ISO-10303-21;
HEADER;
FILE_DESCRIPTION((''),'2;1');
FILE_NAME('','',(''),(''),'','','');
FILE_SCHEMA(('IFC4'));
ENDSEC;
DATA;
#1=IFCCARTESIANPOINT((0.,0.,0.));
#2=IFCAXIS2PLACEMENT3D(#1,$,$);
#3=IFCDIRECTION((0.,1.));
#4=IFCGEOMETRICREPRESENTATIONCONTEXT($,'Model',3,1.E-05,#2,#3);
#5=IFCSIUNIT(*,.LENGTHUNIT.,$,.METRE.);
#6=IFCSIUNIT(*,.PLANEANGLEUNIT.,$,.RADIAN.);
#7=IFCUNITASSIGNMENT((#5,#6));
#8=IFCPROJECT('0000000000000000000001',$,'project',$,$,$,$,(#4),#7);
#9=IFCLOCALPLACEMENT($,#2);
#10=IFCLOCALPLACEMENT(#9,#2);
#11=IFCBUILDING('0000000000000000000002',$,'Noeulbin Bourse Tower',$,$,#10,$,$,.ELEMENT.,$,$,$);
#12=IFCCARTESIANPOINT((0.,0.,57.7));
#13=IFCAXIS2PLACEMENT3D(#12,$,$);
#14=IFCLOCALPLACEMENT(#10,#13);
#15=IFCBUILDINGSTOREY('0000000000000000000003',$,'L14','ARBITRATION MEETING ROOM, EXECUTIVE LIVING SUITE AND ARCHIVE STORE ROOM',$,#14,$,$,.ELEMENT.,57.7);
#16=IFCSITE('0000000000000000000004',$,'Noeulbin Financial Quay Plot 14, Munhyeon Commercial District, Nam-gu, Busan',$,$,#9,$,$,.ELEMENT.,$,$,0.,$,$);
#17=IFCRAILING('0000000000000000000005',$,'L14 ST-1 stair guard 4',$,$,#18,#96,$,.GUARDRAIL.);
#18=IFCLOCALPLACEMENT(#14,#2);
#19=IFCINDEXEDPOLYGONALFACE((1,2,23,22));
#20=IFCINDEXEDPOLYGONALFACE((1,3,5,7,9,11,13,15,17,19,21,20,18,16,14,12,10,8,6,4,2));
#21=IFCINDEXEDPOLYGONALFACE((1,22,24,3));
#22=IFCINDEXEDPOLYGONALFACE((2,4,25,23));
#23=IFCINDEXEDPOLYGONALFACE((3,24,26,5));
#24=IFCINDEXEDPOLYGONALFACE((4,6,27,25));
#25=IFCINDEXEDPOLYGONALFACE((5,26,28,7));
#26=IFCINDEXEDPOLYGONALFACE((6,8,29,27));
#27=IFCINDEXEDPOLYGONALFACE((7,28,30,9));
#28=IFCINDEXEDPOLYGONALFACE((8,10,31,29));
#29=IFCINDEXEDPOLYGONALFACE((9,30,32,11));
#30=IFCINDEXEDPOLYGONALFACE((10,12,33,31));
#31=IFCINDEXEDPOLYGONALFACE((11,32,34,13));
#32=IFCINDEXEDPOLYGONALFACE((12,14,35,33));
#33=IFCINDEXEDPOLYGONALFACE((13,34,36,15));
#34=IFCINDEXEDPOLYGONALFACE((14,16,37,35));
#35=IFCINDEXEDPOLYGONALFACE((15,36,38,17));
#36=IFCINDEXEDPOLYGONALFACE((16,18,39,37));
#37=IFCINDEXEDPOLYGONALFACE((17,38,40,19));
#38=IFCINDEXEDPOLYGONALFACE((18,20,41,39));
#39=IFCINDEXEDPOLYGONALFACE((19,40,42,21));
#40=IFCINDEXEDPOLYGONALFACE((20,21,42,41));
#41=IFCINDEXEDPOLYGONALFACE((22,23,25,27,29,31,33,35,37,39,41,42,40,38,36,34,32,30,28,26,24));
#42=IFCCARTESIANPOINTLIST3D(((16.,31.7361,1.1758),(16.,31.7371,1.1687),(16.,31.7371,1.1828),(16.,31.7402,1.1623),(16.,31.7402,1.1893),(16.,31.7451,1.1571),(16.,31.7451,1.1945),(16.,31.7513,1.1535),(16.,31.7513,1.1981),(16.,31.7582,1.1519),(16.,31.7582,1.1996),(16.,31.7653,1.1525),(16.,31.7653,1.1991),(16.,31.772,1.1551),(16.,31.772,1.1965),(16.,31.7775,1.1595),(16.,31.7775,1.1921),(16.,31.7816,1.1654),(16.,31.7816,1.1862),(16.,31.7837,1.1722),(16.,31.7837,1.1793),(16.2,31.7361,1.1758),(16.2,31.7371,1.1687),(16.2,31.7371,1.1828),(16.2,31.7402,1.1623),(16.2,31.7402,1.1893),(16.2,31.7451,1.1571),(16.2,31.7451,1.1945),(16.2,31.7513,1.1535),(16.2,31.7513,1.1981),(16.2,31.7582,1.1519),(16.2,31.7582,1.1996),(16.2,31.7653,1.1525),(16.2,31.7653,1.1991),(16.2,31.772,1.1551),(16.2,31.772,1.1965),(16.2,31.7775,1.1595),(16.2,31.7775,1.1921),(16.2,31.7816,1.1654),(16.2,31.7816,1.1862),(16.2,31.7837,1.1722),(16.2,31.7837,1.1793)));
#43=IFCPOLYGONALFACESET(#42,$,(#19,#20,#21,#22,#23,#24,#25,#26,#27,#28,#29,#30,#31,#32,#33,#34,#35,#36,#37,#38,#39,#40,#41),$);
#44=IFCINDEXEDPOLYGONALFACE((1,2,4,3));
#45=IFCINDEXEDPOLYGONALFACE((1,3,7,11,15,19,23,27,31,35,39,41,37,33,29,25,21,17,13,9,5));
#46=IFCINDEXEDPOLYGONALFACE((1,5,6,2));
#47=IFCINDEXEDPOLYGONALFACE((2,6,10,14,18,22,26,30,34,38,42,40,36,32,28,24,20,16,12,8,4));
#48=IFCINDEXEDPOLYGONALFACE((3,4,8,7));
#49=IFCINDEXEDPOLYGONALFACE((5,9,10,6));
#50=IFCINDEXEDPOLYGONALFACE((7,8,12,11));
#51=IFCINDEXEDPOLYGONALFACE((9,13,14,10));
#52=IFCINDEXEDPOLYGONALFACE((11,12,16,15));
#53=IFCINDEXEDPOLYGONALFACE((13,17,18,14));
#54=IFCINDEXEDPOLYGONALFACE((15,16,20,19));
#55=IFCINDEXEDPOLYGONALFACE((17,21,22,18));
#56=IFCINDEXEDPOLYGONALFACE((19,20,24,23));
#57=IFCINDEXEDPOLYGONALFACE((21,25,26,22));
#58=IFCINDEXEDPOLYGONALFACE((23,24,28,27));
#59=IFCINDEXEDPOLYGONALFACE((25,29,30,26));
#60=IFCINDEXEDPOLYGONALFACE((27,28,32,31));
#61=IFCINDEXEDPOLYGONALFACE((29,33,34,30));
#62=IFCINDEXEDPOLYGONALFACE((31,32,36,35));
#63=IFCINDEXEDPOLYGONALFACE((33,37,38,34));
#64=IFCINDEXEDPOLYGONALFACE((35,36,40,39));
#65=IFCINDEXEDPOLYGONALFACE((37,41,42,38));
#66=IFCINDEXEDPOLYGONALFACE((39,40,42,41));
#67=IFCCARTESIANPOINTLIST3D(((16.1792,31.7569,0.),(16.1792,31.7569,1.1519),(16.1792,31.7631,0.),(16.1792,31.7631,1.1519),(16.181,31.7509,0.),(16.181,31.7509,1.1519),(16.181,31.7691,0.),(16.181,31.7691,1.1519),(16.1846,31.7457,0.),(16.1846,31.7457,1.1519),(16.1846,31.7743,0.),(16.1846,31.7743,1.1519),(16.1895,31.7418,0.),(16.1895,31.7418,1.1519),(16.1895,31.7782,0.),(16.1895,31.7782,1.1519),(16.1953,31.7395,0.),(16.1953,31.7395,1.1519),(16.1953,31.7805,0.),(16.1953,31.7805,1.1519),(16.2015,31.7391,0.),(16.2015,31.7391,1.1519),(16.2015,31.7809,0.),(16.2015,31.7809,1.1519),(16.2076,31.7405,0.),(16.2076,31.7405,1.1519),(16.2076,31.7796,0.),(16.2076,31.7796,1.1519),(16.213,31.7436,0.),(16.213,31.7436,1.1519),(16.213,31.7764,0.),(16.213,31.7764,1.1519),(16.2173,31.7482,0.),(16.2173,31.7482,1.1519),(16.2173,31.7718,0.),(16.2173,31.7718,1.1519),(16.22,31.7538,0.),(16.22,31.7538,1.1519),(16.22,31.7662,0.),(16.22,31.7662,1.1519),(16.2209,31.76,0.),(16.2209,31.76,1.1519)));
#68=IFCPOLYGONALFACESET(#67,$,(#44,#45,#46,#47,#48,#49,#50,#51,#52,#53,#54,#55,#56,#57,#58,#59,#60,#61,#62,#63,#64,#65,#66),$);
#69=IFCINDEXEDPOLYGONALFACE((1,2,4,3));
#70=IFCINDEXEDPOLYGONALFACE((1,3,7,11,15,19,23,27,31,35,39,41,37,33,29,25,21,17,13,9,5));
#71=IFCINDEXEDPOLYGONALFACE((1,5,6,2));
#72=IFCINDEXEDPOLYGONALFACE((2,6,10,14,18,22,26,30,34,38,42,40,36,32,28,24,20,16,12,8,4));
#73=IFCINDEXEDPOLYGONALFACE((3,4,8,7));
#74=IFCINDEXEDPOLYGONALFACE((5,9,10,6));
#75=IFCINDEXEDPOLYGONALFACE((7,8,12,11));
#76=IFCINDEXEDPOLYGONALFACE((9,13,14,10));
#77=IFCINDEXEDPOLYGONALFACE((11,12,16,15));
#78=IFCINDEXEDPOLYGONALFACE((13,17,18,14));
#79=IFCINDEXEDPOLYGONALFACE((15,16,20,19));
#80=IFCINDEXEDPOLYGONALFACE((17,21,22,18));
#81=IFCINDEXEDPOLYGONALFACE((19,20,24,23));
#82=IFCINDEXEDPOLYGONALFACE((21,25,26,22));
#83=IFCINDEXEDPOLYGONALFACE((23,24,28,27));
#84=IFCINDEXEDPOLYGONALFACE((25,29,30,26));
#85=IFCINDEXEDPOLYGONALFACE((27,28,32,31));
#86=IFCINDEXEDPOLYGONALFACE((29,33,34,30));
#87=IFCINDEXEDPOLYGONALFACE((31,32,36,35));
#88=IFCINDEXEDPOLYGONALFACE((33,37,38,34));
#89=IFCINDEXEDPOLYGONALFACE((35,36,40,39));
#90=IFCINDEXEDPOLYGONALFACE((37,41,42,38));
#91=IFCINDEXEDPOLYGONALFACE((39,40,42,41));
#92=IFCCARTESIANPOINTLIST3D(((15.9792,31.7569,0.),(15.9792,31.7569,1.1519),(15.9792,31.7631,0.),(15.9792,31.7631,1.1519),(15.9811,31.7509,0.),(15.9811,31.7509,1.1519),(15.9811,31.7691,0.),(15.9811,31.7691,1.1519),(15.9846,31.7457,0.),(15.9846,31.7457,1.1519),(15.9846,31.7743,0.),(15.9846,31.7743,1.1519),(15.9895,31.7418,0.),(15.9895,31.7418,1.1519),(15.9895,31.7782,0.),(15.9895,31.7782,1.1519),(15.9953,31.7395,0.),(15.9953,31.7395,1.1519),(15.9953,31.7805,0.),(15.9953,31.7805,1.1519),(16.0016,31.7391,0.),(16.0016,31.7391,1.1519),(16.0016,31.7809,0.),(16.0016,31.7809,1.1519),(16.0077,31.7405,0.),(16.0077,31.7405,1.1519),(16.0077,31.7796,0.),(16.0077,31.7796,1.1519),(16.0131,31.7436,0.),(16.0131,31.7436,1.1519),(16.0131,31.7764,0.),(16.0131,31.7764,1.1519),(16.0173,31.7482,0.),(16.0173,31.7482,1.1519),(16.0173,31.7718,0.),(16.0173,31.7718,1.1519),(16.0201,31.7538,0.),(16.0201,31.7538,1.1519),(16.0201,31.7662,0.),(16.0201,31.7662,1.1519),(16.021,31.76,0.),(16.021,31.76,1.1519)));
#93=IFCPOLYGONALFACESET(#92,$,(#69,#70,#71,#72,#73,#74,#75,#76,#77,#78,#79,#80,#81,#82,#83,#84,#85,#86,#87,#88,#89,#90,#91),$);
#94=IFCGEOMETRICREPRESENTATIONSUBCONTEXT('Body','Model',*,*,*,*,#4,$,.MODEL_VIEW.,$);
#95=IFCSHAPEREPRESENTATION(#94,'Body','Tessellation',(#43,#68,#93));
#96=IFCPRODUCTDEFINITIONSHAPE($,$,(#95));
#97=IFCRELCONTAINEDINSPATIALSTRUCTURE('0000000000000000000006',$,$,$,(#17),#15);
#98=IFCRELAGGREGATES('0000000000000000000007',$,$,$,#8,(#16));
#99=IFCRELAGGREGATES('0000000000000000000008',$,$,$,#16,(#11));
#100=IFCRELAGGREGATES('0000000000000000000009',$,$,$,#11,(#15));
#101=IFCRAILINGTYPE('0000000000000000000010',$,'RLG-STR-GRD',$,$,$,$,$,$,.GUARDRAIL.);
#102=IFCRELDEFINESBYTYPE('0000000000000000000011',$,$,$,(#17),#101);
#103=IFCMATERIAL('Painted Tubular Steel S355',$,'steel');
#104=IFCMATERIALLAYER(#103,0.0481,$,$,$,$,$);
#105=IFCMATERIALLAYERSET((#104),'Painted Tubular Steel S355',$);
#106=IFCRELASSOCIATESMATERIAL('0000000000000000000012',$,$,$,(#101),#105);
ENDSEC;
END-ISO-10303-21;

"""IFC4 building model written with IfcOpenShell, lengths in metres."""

from ifc_helpers import new_model, si_unit, direction, frame, origin, origin_2d, place, context, subcontext, project, spatial, circle, extrude, material, layer, layer_set, type_object, element, save


model = new_model("IFC4")

# Units and contexts
model_context = context("Model", 3, precision=1e-05, world=origin(), true_north=direction((0.0, 1.0)))
body_context = subcontext(model_context, "Body", "Model", "MODEL_VIEW")
ifc_project = project(units=[si_unit("LENGTHUNIT", "METRE"), si_unit("PLANEANGLEUNIT", "RADIAN")], contexts=[model_context])

# Site, building, storey
site_placement = place(None, origin())
site = spatial("IfcSite", under=ifc_project, at=site_placement, Name="Noeulbin Financial Quay Plot 14, Munhyeon Commercial District, Nam-gu, Busan", CompositionType="ELEMENT", RefElevation=0.0)
building_placement = place(site_placement, origin())
building = spatial("IfcBuilding", under=site, at=building_placement, Name="Noeulbin Bourse Tower", CompositionType="ELEMENT")
storey_placement = place(building_placement, frame((0.0, 0.0, 57.7)))
storey = spatial("IfcBuildingStorey", under=building, at=storey_placement, Name="L14", Description="ARBITRATION MEETING ROOM, EXECUTIVE LIVING SUITE AND ARCHIVE STORE ROOM", CompositionType="ELEMENT", Elevation=57.7)

# Railing
ifc_material_1 = material(Name="Painted Tubular Steel S355", Category="steel")
ifc_layer_1 = layer(ifc_material_1, 0.0481)
ifc_layer_set_1 = layer_set([ifc_layer_1], Name="Painted Tubular Steel S355")
railing_type_1 = type_object("IfcRailingType", Name="RLG-STR-GRD", PredefinedType="GUARDRAIL", material=ifc_layer_set_1)
railing_1_placement = place(storey_placement, frame((16.2, 31.76, 0.0)))
element("IfcRailing", 1, at=railing_1_placement, inside=storey, type_object=railing_type_1, Name="L14 ST-1 stair guard 4", PredefinedType="GUARDRAIL", context=body_context, shape_type="SweptSolid", body=[
    extrude(circle(Radius=0.0239, at=origin_2d()), frame((0.0, 0.0, 1.1758), z_axis=(-1.0, 0.0, 0.0), x_axis=(0.0, -1.0, 0.0)), (0.0, 0.0, 1.0), 0.2),
    extrude(circle(Radius=0.021, at=origin_2d()), origin(), (0.0, 0.0, 1.0), 1.1519),
    extrude(circle(Radius=0.021, at=origin_2d()), frame((-0.2, 0.0, 0.0)), (0.0, 0.0, 1.0), 1.1519),
])

save(model, "model.ifc")
